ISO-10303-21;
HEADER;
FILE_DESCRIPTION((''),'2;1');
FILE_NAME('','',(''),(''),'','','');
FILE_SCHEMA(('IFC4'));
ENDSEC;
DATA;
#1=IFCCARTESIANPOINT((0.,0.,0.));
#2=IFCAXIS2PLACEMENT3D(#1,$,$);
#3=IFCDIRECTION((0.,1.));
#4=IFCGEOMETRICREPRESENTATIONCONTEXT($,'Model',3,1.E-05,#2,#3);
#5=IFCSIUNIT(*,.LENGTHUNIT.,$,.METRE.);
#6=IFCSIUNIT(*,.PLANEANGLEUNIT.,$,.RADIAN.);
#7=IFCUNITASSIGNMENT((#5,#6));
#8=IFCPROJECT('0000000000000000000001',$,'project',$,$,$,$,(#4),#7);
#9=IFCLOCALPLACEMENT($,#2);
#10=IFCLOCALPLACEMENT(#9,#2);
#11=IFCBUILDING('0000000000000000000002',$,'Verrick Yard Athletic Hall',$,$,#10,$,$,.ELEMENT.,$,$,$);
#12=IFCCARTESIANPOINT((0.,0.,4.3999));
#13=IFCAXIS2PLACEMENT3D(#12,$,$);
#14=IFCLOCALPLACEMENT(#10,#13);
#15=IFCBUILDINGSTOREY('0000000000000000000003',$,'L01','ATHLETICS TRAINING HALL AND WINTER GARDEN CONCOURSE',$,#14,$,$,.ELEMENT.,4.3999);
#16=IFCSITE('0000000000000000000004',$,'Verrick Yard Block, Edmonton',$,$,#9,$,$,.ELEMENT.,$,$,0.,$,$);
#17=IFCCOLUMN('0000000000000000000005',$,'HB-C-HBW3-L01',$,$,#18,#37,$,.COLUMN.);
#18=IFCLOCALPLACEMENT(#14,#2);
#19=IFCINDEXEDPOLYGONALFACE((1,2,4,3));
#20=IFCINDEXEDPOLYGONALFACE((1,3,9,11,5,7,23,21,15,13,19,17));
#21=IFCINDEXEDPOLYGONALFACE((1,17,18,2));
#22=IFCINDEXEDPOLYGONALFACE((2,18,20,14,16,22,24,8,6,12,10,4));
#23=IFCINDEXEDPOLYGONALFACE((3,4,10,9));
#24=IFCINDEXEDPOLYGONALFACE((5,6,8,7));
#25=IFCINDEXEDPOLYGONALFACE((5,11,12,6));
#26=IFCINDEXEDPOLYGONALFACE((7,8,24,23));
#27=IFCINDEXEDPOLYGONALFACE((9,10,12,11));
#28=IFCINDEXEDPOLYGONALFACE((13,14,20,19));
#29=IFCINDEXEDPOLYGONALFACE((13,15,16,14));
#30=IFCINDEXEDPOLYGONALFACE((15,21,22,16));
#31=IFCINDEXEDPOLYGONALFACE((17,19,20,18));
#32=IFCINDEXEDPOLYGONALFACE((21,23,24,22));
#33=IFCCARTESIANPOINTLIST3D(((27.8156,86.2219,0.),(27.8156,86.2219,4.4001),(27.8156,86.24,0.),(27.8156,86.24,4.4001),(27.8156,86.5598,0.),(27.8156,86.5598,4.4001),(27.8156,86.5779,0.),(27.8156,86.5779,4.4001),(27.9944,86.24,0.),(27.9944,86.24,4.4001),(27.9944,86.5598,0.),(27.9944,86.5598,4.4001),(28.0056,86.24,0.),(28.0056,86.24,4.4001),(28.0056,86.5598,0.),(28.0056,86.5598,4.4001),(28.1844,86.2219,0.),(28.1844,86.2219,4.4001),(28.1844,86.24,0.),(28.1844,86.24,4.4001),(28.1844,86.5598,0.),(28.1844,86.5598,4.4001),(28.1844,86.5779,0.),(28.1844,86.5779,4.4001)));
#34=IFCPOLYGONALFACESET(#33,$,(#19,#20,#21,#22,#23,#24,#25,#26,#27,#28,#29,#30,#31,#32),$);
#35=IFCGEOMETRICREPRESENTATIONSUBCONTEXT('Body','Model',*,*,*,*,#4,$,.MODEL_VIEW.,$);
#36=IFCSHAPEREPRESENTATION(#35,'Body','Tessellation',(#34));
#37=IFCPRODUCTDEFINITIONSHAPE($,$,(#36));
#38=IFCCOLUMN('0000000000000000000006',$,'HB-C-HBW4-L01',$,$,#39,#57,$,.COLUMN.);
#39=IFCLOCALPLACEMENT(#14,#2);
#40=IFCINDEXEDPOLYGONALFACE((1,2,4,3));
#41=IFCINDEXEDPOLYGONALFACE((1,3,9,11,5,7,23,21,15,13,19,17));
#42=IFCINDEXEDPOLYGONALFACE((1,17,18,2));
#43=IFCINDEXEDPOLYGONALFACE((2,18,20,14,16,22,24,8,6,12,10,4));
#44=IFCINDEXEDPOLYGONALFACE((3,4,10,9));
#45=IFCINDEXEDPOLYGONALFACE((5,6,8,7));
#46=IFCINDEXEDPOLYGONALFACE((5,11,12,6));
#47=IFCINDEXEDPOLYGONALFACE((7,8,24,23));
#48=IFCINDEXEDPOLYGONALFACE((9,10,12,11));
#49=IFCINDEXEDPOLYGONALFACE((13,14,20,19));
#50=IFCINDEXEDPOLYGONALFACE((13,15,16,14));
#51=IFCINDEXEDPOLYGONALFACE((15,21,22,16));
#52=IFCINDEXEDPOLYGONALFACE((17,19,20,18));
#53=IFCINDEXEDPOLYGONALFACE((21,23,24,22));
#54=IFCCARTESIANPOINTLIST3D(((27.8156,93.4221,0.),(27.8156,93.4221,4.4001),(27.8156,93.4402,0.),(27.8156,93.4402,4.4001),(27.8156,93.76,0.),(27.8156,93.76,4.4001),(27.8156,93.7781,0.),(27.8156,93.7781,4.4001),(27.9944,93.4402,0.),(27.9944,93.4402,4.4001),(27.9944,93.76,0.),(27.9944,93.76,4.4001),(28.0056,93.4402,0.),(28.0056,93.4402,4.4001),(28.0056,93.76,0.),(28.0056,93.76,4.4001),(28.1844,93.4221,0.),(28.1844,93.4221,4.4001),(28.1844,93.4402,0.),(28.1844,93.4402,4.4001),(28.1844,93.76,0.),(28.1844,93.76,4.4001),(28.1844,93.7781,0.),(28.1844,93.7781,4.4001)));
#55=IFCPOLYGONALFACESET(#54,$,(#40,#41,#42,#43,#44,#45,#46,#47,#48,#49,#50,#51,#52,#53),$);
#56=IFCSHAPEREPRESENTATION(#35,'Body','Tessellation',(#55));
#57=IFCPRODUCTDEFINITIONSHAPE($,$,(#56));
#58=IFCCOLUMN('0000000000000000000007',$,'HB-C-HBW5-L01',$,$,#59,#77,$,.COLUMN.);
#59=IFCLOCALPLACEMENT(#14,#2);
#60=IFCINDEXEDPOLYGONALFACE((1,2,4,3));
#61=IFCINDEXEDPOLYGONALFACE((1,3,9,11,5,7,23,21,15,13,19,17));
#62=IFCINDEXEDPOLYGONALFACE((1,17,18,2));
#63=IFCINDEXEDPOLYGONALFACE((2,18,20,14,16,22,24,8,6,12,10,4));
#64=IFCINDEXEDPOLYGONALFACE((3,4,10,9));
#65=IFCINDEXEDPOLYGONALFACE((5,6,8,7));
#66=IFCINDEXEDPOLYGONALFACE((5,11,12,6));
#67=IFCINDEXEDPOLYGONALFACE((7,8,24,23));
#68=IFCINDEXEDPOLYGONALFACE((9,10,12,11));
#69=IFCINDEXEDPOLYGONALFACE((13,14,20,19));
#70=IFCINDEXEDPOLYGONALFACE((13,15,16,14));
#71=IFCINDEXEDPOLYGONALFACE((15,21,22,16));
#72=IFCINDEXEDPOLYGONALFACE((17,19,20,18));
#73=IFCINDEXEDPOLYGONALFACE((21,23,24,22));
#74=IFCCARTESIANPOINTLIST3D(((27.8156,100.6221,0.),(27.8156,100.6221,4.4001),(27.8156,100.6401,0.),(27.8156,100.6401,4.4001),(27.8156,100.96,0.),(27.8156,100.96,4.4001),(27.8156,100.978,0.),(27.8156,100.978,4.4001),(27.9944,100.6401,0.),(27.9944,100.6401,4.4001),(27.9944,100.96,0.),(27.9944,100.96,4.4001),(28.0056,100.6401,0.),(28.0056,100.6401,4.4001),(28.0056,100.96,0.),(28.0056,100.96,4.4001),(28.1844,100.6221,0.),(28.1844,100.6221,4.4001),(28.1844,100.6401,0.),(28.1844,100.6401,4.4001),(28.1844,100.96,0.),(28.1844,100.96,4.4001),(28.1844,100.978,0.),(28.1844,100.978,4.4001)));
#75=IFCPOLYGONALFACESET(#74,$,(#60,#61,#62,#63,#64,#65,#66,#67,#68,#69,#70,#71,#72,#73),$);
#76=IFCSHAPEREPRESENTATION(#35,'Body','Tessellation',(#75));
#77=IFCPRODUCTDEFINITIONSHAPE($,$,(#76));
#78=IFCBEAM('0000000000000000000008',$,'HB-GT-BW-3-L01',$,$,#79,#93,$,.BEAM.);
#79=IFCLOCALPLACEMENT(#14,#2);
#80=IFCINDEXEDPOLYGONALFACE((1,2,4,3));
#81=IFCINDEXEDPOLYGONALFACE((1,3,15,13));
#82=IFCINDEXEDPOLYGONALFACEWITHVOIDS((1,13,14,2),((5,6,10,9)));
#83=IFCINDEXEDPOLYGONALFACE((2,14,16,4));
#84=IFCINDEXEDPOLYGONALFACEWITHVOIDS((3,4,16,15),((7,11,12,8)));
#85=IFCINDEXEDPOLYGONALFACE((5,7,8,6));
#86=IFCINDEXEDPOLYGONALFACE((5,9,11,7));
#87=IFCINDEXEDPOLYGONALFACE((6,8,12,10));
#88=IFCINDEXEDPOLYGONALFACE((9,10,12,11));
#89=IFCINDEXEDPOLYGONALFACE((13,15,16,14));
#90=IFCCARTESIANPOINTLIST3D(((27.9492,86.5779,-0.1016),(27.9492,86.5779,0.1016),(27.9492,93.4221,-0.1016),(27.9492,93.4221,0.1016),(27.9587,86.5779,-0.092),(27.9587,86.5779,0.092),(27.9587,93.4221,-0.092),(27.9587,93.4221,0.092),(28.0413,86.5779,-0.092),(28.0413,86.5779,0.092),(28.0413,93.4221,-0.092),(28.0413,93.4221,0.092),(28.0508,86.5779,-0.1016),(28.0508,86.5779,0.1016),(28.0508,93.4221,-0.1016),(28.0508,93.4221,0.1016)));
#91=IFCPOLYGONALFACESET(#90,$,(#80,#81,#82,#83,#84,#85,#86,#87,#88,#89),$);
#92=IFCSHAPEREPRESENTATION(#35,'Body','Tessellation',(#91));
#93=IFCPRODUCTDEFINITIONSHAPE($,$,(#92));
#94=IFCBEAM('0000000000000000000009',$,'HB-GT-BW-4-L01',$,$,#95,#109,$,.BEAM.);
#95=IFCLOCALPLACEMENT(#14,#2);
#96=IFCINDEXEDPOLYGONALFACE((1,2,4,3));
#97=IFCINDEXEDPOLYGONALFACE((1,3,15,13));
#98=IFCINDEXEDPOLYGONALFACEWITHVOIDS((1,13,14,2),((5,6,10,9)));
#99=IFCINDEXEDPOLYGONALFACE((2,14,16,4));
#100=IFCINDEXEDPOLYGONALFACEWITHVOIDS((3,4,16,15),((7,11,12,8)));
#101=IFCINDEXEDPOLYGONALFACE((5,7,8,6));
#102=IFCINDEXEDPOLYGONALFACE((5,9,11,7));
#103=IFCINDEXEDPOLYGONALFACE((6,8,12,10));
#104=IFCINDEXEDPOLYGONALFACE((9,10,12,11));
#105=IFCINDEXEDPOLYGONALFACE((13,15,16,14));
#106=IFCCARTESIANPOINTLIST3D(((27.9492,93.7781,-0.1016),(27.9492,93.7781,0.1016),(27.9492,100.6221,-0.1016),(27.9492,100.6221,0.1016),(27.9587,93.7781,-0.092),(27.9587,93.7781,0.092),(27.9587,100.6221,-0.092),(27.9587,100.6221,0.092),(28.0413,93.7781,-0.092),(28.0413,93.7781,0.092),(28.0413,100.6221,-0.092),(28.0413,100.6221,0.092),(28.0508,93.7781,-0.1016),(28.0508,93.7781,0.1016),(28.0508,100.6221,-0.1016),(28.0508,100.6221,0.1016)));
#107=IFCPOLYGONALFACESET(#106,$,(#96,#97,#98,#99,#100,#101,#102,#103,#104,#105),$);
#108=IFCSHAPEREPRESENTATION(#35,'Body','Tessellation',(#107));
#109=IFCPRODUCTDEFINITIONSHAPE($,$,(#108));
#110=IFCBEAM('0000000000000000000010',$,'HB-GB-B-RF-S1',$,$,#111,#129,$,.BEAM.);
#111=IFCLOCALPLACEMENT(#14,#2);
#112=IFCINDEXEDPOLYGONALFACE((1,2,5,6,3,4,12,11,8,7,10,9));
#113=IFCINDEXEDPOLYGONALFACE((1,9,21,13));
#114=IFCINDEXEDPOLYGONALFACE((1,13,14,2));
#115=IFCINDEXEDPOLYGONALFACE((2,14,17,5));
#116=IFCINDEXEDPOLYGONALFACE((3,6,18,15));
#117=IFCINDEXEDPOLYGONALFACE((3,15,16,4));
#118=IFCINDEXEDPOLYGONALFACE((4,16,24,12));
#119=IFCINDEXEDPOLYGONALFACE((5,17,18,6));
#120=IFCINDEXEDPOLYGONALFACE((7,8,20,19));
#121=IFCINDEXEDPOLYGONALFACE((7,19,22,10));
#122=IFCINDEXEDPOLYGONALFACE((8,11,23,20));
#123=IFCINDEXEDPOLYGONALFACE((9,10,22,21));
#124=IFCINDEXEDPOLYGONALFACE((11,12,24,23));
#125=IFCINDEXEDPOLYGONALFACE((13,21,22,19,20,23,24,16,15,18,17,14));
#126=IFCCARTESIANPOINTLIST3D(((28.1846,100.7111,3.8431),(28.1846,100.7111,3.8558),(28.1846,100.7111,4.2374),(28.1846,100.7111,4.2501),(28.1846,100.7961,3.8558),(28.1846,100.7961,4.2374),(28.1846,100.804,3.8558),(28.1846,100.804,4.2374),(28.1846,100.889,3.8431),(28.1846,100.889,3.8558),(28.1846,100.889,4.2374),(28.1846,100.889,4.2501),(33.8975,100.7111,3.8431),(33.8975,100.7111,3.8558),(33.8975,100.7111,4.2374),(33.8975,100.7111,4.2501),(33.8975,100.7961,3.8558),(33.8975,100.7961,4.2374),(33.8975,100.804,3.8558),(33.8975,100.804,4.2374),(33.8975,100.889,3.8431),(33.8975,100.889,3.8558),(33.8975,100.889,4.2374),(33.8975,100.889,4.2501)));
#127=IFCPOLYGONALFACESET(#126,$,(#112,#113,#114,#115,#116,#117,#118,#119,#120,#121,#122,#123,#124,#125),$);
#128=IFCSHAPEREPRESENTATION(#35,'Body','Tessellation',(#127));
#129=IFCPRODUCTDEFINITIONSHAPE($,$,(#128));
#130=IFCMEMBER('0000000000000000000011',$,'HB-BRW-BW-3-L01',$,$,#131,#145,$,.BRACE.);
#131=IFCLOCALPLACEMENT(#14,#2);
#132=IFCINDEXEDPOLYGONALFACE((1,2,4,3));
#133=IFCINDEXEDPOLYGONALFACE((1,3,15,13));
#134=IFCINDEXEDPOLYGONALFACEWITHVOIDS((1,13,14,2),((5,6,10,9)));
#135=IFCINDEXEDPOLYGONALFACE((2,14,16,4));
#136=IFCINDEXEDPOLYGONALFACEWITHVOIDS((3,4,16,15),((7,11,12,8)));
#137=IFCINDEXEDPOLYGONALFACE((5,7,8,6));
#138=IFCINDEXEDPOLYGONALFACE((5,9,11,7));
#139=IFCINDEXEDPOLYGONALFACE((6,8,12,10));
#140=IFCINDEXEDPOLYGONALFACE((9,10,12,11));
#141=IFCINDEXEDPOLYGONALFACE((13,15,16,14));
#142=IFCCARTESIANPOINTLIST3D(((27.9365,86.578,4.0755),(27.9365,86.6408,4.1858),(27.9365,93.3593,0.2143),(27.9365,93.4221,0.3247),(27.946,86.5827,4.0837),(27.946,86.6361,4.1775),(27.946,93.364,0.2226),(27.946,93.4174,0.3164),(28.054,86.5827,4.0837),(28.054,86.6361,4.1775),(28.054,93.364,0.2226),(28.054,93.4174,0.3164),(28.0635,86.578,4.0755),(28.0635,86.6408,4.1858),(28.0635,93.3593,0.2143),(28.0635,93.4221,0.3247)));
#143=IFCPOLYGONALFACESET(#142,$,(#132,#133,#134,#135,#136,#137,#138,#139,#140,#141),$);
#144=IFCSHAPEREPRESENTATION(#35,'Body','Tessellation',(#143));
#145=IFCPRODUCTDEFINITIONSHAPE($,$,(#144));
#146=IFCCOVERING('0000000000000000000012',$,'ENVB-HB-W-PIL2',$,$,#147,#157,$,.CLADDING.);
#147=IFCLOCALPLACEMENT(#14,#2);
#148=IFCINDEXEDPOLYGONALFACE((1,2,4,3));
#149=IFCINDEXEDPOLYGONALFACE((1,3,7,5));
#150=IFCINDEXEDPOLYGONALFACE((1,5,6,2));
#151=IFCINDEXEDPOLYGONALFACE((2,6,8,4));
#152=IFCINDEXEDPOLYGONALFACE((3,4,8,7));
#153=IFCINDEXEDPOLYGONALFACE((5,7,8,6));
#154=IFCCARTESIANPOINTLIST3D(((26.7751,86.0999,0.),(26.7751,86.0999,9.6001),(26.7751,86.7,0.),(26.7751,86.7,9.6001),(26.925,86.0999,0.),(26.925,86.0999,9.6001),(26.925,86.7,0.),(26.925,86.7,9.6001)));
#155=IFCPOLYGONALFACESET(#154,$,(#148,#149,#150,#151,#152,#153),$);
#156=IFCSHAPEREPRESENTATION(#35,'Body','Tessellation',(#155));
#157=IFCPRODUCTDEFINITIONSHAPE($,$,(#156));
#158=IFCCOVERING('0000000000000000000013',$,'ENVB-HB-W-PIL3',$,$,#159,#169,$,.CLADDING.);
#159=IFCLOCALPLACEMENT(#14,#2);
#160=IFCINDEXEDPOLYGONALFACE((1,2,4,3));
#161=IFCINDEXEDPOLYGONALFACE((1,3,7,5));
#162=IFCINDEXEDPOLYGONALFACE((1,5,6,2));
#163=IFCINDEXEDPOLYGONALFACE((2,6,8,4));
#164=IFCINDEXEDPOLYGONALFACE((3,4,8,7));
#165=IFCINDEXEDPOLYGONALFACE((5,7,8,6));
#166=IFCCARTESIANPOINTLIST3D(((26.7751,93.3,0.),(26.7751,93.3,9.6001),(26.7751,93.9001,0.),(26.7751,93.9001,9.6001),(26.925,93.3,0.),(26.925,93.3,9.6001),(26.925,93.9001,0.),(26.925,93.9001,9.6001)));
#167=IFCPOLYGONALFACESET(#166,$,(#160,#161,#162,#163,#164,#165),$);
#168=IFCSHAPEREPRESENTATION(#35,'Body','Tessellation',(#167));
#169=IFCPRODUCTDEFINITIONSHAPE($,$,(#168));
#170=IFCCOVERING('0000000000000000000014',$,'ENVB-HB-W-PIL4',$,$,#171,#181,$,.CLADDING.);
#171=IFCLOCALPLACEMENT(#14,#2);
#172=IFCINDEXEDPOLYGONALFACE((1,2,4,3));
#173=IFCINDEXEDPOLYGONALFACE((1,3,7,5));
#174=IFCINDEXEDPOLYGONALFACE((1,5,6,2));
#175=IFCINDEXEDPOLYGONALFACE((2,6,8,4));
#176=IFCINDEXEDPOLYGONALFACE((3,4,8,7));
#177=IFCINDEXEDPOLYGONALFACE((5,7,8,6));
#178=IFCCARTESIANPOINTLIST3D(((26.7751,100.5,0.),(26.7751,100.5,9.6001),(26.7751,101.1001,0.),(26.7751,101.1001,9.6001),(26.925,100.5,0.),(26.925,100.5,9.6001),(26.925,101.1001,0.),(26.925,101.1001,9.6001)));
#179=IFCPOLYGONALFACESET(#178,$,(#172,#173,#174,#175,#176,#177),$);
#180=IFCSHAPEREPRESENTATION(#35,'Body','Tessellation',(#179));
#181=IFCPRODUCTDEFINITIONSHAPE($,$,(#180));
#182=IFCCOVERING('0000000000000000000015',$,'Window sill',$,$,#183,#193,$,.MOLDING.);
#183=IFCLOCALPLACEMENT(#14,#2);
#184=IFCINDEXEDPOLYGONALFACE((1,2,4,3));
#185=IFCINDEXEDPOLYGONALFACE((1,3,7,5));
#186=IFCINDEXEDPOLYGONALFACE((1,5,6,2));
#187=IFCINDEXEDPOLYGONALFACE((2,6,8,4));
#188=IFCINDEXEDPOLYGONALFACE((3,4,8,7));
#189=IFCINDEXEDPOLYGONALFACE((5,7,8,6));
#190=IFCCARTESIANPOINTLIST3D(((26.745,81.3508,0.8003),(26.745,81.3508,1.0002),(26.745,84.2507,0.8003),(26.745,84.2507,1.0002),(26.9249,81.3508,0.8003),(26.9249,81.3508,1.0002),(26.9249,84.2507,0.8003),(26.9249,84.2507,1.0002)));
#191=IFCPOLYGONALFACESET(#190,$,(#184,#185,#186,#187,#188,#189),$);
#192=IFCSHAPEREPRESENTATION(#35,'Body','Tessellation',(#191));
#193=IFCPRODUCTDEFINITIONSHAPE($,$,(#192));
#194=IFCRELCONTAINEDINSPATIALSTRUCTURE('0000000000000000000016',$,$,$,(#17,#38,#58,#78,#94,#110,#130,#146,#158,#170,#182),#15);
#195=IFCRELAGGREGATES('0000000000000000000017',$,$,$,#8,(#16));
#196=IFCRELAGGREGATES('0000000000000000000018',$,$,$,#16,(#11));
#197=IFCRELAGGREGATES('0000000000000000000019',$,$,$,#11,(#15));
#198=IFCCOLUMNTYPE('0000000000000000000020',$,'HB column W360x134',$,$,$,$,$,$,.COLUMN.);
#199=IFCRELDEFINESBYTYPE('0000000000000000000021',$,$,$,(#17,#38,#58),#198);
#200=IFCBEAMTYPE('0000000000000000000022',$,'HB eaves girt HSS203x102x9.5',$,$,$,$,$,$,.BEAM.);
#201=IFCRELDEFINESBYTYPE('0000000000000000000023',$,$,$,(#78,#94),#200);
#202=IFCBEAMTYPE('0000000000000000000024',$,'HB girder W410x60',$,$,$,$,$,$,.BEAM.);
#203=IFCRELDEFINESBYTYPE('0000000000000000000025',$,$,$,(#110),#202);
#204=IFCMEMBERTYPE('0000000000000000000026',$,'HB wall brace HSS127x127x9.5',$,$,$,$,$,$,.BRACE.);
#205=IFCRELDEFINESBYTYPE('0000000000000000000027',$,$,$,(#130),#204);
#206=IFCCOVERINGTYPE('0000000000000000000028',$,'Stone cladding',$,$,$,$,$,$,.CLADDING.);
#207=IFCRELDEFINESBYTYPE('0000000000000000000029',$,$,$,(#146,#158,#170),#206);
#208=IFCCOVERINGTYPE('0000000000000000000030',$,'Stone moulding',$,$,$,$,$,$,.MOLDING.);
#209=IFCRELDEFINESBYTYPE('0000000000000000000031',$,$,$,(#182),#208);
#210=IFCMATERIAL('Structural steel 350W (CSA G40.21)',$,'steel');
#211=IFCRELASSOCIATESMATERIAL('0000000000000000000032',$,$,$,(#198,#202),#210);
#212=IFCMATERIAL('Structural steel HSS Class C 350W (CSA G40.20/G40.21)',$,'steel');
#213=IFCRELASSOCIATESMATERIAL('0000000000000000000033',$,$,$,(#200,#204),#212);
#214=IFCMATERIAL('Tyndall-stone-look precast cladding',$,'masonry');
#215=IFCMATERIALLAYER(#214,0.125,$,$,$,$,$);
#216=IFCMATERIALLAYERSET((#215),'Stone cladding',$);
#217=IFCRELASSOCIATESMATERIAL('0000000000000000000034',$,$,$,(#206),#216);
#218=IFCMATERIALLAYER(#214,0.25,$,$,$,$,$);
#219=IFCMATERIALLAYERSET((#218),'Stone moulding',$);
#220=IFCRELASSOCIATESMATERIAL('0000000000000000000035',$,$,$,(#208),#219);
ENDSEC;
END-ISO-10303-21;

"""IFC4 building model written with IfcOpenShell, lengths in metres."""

from ifc_helpers import new_model, si_unit, direction, frame, origin, origin_2d, place, context, subcontext, project, spatial, rectangle, hollow_rectangle, i_section, extrude, material, layer, layer_set, material_profile, profile_set, type_object, element, save


model = new_model("IFC4")

# Units and contexts
model_context = context("Model", 3, precision=1e-05, world=origin(), true_north=direction((0.0, 1.0)))
body_context = subcontext(model_context, "Body", "Model", "MODEL_VIEW")
ifc_project = project(units=[si_unit("LENGTHUNIT", "METRE"), si_unit("PLANEANGLEUNIT", "RADIAN")], contexts=[model_context])

# Site, building, storey
site_placement = place(None, origin())
site = spatial("IfcSite", under=ifc_project, at=site_placement, Name="Verrick Yard Block, Edmonton", CompositionType="ELEMENT", RefElevation=0.0)
building_placement = place(site_placement, origin())
building = spatial("IfcBuilding", under=site, at=building_placement, Name="Verrick Yard Athletic Hall", CompositionType="ELEMENT")
storey_placement = place(building_placement, frame((0.0, 0.0, 4.3999)))
storey = spatial("IfcBuildingStorey", under=building, at=storey_placement, Name="L01", Description="ATHLETICS TRAINING HALL AND WINTER GARDEN CONCOURSE", CompositionType="ELEMENT", Elevation=4.3999)

# Columns
ifc_material_1 = material(Name="Structural steel 350W (CSA G40.21)", Category="steel")
ifc_material_profile_1 = material_profile(ifc_material_1, i_section(OverallWidth=0.3689, OverallDepth=0.356, WebThickness=0.0112, FlangeThickness=0.0181, at=origin_2d()), Name="W360x134")
ifc_profile_set_1 = profile_set([ifc_material_profile_1], Name="Structural steel 350W (CSA G40.21)")
column_type = type_object("IfcColumnType", Name="HB column W360x134", PredefinedType="COLUMN", material=ifc_profile_set_1)
for number, where, z_axis, x_axis, name in (
    (1, (28.0, 86.3999, 0.0), (0.0, 0.0, 1.0), (1.0, 0.0, 0.0), "HB-C-HBW3-L01"),
    (2, (28.0, 93.6001, 0.0), (0.0, 0.0, 1.0), (1.0, 0.0, 0.0), "HB-C-HBW4-L01"),
    (3, (28.0, 100.8, 0.0), (0.0, 0.0, 1.0), (1.0, 0.0, 0.0), "HB-C-HBW5-L01"),
):
    element("IfcColumn", number, at=place(storey_placement, frame(where, z_axis=z_axis, x_axis=x_axis)), inside=storey, type_object=column_type, Name=name, PredefinedType="COLUMN", context=body_context, shape_type="SweptSolid", body=[
        extrude(i_section(OverallWidth=0.3689, OverallDepth=0.356, WebThickness=0.0112, FlangeThickness=0.0181, at=origin_2d()), origin(), (0.0, 0.0, 1.0), 4.4001),
    ])

# Beams
ifc_material_2 = material(Name="Structural steel HSS Class C 350W (CSA G40.20/G40.21)", Category="steel")
ifc_material_profile_2 = material_profile(ifc_material_2, hollow_rectangle(XDim=0.1016, YDim=0.2031, WallThickness=0.0095, at=origin_2d()), Name="HSS203x102x9.5")
ifc_profile_set_2 = profile_set([ifc_material_profile_2], Name="Structural steel HSS Class C 350W (CSA G40.20/G40.21)")
beam_type_1 = type_object("IfcBeamType", Name="HB eaves girt HSS203x102x9.5", PredefinedType="BEAM", material=ifc_profile_set_2)
beam_1_placement = place(storey_placement, frame((28.0, 86.5779, 0.0), z_axis=(0.0, 1.0, 0.0), x_axis=(-1.0, 0.0, 0.0)))
element("IfcBeam", 4, at=beam_1_placement, inside=storey, type_object=beam_type_1, Name="HB-GT-BW-3-L01", PredefinedType="BEAM", context=body_context, shape_type="SweptSolid", body=[
    extrude(hollow_rectangle(XDim=0.1016, YDim=0.2031, WallThickness=0.0095, at=origin_2d()), origin(), (0.0, 0.0, 1.0), 6.8442),
])
beam_2_placement = place(storey_placement, frame((28.0, 93.7781, 0.0), z_axis=(0.0, 1.0, 0.0), x_axis=(-1.0, 0.0, 0.0)))
element("IfcBeam", 5, at=beam_2_placement, inside=storey, type_object=beam_type_1, Name="HB-GT-BW-4-L01", PredefinedType="BEAM", context=body_context, shape_type="SweptSolid", body=[
    extrude(hollow_rectangle(XDim=0.1016, YDim=0.2031, WallThickness=0.0095, at=origin_2d()), origin(), (0.0, 0.0, 1.0), 6.844),
])
ifc_material_profile_3 = material_profile(ifc_material_1, i_section(OverallWidth=0.178, OverallDepth=0.407, WebThickness=0.0078, FlangeThickness=0.0127, at=origin_2d()), Name="W410x60")
ifc_profile_set_3 = profile_set([ifc_material_profile_3], Name="Structural steel 350W (CSA G40.21)")
beam_type_2 = type_object("IfcBeamType", Name="HB girder W410x60", PredefinedType="BEAM", material=ifc_profile_set_3)
beam_3_placement = place(storey_placement, frame((28.1846, 100.8, 4.0466), z_axis=(1.0, 0.0, 0.0), x_axis=(0.0, 1.0, 0.0)))
element("IfcBeam", 6, at=beam_3_placement, inside=storey, type_object=beam_type_2, Name="HB-GB-B-RF-S1", PredefinedType="BEAM", context=body_context, shape_type="SweptSolid", body=[
    extrude(i_section(OverallWidth=0.178, OverallDepth=0.407, WebThickness=0.0078, FlangeThickness=0.0127, at=origin_2d()), origin(), (0.0, 0.0, 1.0), 5.7129),
])

# Member
ifc_material_profile_4 = material_profile(ifc_material_2, hollow_rectangle(XDim=0.127, YDim=0.127, WallThickness=0.0095, at=origin_2d()), Name="HSS127x127x9.5")
ifc_profile_set_4 = profile_set([ifc_material_profile_4], Name="Structural steel HSS Class C 350W (CSA G40.20/G40.21)")
member_type = type_object("IfcMemberType", Name="HB wall brace HSS127x127x9.5", PredefinedType="BRACE", material=ifc_profile_set_4)
member_placement = place(storey_placement, frame((28.0, 86.6094, 4.1306), z_axis=(0.0, 0.86901, -0.494794), x_axis=(-1.0, 0.0, 0.0)))
element("IfcMember", 7, at=member_placement, inside=storey, type_object=member_type, Name="HB-BRW-BW-3-L01", PredefinedType="BRACE", context=body_context, shape_type="SweptSolid", body=[
    extrude(hollow_rectangle(XDim=0.127, YDim=0.127, WallThickness=0.0095, at=origin_2d()), origin(), (0.0, 0.0, 1.0), 7.8035),
])

# Coverings
ifc_material_3 = material(Name="Tyndall-stone-look precast cladding", Category="masonry")
ifc_layer_1 = layer(ifc_material_3, 0.125)
ifc_layer_set_1 = layer_set([ifc_layer_1], Name="Stone cladding")
covering_type_1 = type_object("IfcCoveringType", Name="Stone cladding", PredefinedType="CLADDING", material=ifc_layer_set_1)
for number, where, z_axis, x_axis, name in (
    (8, (26.8501, 86.3999, 0.0), (0.0, 0.0, 1.0), (1.0, 0.0, 0.0), "ENVB-HB-W-PIL2"),
    (9, (26.8501, 93.6001, 0.0), (0.0, 0.0, 1.0), (1.0, 0.0, 0.0), "ENVB-HB-W-PIL3"),
    (10, (26.8501, 100.8, 0.0), (0.0, 0.0, 1.0), (1.0, 0.0, 0.0), "ENVB-HB-W-PIL4"),
):
    element("IfcCovering", number, at=place(storey_placement, frame(where, z_axis=z_axis, x_axis=x_axis)), inside=storey, type_object=covering_type_1, Name=name, PredefinedType="CLADDING", context=body_context, shape_type="SweptSolid", body=[
        extrude(rectangle(XDim=0.1499, YDim=0.6001, at=origin_2d()), origin(), (0.0, 0.0, 1.0), 9.6001),
    ])
ifc_layer_2 = layer(ifc_material_3, 0.25)
ifc_layer_set_2 = layer_set([ifc_layer_2], Name="Stone moulding")
covering_type_2 = type_object("IfcCoveringType", Name="Stone moulding", PredefinedType="MOLDING", material=ifc_layer_set_2)
covering_1_placement = place(storey_placement, frame((26.835, 82.8008, 0.8003), z_axis=(0.0, 0.0, 1.0), x_axis=(0.0, 1.0, 0.0)))
element("IfcCovering", 11, at=covering_1_placement, inside=storey, type_object=covering_type_2, Name="Window sill", PredefinedType="MOLDING", context=body_context, shape_type="SweptSolid", body=[
    extrude(rectangle(XDim=2.8999, YDim=0.1799, at=origin_2d()), origin(), (0.0, 0.0, 1.0), 0.2),
])

save(model, "model.ifc")
